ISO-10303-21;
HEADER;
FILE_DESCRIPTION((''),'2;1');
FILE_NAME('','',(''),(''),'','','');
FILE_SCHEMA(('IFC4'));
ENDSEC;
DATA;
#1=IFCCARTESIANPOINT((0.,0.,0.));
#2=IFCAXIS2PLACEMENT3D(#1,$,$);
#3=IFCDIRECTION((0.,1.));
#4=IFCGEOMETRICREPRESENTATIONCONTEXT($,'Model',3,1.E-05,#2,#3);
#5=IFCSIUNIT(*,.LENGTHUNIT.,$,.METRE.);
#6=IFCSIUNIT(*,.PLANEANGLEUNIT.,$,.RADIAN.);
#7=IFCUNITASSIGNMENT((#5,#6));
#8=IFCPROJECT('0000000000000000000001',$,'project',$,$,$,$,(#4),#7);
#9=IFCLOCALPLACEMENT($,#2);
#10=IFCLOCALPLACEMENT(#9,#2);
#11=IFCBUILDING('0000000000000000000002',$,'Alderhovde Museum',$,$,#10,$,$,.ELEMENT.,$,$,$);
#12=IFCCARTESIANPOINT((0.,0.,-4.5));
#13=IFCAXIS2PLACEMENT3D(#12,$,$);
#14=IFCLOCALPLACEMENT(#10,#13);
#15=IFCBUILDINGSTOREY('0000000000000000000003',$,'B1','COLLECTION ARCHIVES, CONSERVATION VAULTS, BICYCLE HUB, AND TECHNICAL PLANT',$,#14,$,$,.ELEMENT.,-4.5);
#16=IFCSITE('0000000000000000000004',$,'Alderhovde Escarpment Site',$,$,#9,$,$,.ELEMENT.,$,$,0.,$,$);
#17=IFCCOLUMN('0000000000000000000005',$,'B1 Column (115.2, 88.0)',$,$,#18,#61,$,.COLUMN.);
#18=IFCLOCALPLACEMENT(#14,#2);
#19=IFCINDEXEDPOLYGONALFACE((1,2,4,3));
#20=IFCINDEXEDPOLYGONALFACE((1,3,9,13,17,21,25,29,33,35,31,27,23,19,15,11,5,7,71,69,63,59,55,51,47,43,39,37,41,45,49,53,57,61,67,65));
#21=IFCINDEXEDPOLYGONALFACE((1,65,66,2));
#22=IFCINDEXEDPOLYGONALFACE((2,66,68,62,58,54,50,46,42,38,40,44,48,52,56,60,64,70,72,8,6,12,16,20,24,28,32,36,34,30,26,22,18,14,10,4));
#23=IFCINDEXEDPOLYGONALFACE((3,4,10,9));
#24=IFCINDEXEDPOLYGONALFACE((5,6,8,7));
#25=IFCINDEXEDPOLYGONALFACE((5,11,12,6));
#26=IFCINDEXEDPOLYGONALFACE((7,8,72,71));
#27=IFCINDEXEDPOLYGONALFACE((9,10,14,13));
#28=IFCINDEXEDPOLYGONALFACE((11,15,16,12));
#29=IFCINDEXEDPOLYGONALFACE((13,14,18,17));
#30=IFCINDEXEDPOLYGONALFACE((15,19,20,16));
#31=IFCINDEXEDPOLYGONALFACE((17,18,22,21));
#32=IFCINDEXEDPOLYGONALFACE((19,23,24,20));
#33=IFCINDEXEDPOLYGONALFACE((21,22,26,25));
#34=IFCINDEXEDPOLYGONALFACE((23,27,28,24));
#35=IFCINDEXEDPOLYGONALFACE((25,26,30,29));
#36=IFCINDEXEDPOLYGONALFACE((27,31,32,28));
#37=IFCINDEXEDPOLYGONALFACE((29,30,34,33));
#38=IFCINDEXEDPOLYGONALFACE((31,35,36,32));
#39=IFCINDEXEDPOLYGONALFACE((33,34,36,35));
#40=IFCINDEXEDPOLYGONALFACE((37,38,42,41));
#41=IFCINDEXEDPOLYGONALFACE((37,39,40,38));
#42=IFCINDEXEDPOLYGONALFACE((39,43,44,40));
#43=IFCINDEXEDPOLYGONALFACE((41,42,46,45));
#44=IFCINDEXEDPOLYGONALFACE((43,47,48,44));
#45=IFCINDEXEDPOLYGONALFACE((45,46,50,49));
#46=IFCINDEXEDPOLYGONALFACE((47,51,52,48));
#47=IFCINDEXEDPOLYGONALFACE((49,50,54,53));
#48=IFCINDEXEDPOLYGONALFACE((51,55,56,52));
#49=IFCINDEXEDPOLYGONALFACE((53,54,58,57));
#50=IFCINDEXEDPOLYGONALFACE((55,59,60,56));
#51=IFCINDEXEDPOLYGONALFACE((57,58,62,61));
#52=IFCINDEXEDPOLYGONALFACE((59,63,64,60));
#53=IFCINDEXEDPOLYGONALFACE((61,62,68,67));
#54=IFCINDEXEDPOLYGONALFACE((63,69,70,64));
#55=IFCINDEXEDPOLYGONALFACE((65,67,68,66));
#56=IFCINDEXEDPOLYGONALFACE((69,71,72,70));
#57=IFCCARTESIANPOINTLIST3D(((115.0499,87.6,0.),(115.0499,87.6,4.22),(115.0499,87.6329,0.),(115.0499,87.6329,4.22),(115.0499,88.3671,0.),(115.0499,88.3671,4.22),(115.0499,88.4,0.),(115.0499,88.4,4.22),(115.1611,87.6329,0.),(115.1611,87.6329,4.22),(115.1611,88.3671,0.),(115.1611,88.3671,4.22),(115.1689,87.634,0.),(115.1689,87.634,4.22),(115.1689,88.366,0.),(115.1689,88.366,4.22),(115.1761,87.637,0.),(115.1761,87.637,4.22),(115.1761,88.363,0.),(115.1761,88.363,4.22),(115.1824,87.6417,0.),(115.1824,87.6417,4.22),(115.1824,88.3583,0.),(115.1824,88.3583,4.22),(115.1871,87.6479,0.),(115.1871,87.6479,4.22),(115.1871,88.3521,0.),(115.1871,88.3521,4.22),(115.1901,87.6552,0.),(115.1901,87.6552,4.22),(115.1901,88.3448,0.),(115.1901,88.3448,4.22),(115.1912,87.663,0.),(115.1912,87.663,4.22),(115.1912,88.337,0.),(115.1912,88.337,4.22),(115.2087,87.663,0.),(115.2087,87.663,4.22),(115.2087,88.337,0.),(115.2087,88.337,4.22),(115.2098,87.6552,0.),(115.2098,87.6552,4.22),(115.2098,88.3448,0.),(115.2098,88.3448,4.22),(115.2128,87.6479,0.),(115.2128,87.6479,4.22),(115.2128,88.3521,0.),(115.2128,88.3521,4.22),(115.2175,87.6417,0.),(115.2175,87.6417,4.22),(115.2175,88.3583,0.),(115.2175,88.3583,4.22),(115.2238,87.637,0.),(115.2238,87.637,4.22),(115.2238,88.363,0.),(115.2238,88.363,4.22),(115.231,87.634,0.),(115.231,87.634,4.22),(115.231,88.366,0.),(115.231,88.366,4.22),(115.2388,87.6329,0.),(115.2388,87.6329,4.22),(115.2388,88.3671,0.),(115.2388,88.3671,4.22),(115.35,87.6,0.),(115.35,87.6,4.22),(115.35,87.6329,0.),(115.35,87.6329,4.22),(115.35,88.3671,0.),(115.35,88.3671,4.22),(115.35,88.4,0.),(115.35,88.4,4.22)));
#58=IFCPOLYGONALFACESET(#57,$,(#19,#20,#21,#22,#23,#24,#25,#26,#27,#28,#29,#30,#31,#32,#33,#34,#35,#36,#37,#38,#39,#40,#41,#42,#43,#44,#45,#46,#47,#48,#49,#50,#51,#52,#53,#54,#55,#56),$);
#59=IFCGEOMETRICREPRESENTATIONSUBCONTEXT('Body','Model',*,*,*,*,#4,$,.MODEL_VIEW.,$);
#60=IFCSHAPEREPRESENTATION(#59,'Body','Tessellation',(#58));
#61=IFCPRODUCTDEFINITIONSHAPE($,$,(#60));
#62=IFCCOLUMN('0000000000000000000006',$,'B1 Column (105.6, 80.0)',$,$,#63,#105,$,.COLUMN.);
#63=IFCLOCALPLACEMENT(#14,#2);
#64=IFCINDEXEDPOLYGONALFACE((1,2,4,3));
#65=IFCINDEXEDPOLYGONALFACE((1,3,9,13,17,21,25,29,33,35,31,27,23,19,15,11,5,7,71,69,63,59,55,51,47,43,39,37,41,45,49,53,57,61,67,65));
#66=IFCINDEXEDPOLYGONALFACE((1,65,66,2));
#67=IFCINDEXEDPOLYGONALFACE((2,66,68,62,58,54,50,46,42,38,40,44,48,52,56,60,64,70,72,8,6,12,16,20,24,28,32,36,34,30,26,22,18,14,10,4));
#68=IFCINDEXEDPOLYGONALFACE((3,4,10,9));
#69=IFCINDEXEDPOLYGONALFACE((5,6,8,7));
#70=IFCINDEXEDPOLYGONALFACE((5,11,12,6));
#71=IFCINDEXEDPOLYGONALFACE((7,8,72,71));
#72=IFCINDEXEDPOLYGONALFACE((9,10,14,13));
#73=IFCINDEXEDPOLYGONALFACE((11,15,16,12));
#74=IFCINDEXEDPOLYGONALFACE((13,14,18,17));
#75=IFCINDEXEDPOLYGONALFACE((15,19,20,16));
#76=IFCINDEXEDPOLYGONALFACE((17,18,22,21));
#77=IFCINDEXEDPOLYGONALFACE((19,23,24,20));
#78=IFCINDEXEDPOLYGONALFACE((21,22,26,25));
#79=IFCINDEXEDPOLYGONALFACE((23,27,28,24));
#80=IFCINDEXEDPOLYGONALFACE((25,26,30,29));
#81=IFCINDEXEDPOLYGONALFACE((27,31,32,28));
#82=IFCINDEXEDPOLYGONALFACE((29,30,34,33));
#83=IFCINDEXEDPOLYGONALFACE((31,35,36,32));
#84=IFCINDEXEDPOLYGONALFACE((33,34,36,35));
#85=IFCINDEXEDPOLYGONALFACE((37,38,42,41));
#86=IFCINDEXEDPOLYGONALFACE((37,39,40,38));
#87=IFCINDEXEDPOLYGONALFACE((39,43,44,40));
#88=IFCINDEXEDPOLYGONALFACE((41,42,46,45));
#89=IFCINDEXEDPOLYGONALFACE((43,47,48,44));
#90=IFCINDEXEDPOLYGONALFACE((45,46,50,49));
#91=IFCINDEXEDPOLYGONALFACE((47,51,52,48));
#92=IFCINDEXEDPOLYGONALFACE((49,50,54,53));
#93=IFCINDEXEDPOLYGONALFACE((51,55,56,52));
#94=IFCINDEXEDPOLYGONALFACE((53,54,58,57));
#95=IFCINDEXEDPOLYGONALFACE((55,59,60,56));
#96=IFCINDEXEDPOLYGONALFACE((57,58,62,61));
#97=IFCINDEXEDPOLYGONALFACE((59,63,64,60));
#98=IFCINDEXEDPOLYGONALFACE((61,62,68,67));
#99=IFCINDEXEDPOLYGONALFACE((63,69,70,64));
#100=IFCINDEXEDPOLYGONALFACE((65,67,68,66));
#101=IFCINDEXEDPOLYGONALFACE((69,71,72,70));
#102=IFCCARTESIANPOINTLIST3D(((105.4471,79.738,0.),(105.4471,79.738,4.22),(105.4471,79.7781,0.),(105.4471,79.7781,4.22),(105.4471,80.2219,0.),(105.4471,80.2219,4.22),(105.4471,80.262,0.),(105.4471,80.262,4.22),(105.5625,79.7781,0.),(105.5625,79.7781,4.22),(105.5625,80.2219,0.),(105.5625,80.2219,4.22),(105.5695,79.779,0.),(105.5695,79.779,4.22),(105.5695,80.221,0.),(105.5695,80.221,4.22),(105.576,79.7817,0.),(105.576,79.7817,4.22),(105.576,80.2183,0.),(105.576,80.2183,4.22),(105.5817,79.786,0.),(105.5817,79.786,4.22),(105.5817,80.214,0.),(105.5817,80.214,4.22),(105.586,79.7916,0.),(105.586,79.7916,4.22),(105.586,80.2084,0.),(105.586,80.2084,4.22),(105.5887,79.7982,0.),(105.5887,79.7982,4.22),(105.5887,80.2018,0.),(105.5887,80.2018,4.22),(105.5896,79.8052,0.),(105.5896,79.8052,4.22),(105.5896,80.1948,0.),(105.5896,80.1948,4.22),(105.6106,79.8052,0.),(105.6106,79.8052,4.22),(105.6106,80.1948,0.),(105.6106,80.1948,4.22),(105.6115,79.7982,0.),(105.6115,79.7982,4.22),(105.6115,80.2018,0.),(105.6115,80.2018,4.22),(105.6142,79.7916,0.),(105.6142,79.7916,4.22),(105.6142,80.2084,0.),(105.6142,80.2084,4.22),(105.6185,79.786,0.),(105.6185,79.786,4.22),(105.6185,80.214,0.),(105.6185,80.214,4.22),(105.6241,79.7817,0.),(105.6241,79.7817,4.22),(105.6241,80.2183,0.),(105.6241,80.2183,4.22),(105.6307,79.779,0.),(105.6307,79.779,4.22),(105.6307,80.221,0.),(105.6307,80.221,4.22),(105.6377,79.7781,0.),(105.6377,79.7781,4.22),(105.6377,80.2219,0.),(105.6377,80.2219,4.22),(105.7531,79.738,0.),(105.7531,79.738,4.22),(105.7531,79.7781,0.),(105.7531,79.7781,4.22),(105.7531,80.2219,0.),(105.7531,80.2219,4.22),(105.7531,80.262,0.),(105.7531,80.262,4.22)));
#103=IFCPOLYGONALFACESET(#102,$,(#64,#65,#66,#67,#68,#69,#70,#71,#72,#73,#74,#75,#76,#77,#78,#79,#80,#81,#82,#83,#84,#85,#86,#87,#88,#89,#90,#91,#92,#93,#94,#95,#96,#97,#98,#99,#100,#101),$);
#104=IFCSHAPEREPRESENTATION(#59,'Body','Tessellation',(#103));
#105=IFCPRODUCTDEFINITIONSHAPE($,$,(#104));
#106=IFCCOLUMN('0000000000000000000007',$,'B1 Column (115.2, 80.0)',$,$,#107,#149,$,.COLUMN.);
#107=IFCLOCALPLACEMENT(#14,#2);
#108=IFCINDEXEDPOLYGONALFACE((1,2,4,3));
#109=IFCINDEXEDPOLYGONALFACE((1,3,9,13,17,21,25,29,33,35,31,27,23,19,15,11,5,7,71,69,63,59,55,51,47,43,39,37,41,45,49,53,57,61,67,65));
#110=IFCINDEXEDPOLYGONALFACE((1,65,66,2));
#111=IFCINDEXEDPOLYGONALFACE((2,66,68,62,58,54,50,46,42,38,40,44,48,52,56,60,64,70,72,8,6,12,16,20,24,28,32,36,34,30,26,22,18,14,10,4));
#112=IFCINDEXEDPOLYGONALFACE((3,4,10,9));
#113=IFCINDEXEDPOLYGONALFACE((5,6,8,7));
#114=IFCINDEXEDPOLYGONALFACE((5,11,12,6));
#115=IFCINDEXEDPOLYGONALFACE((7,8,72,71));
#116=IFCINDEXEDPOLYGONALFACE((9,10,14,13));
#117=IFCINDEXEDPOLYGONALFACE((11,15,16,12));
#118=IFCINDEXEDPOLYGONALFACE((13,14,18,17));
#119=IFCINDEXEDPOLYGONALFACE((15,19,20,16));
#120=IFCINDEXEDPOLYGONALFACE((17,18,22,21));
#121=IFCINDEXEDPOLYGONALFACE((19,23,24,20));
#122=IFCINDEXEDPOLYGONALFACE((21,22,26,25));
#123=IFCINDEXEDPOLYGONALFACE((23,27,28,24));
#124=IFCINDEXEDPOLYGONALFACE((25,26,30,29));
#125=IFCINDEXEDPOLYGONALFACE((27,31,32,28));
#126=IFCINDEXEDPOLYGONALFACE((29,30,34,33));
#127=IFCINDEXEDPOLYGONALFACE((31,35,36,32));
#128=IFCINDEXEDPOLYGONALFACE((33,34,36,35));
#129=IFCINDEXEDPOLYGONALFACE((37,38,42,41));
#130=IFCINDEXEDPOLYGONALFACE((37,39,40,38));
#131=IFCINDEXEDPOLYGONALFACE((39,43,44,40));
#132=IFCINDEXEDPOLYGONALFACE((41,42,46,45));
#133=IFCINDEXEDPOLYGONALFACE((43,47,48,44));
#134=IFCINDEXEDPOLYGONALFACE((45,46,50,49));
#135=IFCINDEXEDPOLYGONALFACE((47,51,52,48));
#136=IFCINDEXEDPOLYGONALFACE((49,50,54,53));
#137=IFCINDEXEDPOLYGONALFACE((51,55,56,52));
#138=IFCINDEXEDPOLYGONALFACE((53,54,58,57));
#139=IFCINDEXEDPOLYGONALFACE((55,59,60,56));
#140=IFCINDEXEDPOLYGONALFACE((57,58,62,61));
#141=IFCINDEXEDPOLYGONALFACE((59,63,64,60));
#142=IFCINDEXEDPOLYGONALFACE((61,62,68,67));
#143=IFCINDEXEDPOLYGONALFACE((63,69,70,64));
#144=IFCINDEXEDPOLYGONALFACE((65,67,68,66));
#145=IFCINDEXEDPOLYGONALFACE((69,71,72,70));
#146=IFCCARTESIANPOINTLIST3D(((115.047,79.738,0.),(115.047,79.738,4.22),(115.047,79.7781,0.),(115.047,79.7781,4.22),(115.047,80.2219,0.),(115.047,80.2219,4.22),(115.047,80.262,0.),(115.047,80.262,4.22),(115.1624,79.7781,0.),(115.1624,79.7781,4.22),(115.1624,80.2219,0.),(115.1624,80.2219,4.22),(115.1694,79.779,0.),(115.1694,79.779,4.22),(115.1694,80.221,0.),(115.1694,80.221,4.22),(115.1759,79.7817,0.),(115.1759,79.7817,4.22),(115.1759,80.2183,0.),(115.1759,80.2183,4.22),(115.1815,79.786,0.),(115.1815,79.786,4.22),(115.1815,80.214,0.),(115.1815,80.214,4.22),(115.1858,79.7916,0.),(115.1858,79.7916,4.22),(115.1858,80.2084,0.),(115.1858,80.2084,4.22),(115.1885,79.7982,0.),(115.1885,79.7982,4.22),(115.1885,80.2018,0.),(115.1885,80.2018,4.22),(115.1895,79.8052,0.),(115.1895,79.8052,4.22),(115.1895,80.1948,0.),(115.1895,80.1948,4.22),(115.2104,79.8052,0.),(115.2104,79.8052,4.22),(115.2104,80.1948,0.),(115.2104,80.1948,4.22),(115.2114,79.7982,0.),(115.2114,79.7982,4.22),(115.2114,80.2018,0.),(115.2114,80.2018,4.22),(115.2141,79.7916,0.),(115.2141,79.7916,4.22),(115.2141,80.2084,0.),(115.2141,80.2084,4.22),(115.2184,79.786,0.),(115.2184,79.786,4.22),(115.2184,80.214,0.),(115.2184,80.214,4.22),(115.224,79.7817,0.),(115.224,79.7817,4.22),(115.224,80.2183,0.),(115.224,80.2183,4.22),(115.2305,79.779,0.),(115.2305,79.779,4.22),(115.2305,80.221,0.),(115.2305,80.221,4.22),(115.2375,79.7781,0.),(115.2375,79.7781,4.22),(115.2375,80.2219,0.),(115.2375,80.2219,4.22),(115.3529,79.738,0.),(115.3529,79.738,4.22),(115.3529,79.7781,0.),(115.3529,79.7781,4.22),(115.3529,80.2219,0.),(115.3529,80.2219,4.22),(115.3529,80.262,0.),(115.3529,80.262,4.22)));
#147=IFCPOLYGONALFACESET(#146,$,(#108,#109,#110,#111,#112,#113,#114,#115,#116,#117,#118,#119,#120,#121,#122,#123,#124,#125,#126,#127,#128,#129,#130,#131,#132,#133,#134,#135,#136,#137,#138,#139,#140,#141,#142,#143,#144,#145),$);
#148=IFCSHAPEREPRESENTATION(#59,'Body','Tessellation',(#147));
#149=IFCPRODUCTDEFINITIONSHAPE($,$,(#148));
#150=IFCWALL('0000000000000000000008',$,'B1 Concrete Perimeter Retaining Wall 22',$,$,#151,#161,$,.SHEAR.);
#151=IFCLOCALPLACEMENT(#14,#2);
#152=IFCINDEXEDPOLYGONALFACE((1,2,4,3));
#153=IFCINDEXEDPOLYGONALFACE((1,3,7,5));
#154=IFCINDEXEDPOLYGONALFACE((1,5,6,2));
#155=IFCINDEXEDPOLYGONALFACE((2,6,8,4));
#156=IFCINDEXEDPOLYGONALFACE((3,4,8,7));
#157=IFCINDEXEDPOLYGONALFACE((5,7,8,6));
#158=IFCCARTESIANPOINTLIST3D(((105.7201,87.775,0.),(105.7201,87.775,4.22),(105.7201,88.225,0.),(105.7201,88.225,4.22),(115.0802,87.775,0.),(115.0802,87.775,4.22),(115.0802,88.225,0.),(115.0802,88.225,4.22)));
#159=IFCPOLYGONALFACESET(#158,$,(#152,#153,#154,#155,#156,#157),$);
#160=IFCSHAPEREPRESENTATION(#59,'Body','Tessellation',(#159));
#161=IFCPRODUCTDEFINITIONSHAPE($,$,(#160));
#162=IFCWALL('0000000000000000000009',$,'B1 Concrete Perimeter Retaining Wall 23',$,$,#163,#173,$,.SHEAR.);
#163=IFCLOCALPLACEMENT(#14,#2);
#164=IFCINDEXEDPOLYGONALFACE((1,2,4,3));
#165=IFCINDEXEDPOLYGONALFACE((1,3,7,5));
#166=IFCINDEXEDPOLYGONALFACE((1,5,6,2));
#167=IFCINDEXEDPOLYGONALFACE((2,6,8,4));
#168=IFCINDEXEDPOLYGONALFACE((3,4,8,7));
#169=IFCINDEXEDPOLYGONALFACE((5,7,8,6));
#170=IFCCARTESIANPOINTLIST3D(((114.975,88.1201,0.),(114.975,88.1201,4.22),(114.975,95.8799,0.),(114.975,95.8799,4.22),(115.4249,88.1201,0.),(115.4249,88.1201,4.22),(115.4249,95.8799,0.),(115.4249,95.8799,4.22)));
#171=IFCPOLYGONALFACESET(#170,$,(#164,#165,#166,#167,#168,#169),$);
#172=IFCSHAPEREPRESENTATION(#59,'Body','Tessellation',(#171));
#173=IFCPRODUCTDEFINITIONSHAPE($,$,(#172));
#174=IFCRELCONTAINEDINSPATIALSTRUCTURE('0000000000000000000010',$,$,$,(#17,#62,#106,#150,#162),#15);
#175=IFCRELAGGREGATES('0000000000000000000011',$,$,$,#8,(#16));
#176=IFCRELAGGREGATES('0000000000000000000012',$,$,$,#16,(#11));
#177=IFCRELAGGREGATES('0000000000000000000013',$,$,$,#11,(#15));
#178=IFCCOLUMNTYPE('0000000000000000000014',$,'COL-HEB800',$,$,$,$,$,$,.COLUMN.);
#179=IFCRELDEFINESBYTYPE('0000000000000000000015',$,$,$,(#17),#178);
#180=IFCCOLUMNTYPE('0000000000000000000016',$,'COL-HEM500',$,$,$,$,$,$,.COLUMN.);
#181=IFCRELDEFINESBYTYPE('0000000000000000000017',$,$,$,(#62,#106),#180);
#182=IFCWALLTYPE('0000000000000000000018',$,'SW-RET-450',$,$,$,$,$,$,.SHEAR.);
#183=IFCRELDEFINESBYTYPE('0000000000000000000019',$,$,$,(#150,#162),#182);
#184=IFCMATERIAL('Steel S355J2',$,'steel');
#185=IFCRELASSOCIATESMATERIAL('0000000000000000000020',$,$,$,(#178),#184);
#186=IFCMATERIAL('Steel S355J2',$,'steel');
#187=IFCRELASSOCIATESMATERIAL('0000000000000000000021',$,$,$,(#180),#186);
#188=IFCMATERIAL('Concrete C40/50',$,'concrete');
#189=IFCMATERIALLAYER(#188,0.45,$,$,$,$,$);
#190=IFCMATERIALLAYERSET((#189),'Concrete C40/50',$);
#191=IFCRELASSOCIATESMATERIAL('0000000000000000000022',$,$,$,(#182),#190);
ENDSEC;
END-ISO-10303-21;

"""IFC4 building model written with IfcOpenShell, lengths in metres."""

from ifc_helpers import new_model, si_unit, direction, frame, frame_2d, origin, origin_2d, place, context, subcontext, project, spatial, rectangle, i_section, extrude, material, layer, layer_set, material_profile, profile_set, type_object, element, save


model = new_model("IFC4")

# Units and contexts
model_context = context("Model", 3, precision=1e-05, world=origin(), true_north=direction((0.0, 1.0)))
body_context = subcontext(model_context, "Body", "Model", "MODEL_VIEW")
ifc_project = project(units=[si_unit("LENGTHUNIT", "METRE"), si_unit("PLANEANGLEUNIT", "RADIAN")], contexts=[model_context])

# Site, building, storey
site_placement = place(None, origin())
site = spatial("IfcSite", under=ifc_project, at=site_placement, Name="Alderhovde Escarpment Site", CompositionType="ELEMENT", RefElevation=0.0)
building_placement = place(site_placement, origin())
building = spatial("IfcBuilding", under=site, at=building_placement, Name="Alderhovde Museum", CompositionType="ELEMENT")
storey_placement = place(building_placement, frame((0.0, 0.0, -4.5)))
storey = spatial("IfcBuildingStorey", under=building, at=storey_placement, Name="B1", Description="COLLECTION ARCHIVES, CONSERVATION VAULTS, BICYCLE HUB, AND TECHNICAL PLANT", CompositionType="ELEMENT", Elevation=-4.5)

# Columns
ifc_material_1 = material(Name="Steel S355J2", Category="steel")
ifc_material_profile_1 = material_profile(ifc_material_1, i_section(OverallWidth=0.3, OverallDepth=0.8, WebThickness=0.0176, FlangeThickness=0.033, FilletRadius=0.03, at=origin_2d()), Name="HEB 800")
ifc_profile_set_1 = profile_set([ifc_material_profile_1], Name="Steel S355J2")
column_type_1 = type_object("IfcColumnType", Name="COL-HEB800", PredefinedType="COLUMN", material=ifc_profile_set_1)
for number, where, z_axis, x_axis, name in (
    (1, (115.2, 88.0, 0.0), (0.0, 0.0, 1.0), (1.0, 0.0, 0.0), "B1 Column (115.2, 88.0)"),
):
    element("IfcColumn", number, at=place(storey_placement, frame(where, z_axis=z_axis, x_axis=x_axis)), inside=storey, type_object=column_type_1, Name=name, PredefinedType="COLUMN", context=body_context, shape_type="SweptSolid", body=[
        extrude(i_section(OverallWidth=0.3, OverallDepth=0.8, WebThickness=0.0176, FlangeThickness=0.033, FilletRadius=0.03, at=origin_2d()), origin(), (0.0, 0.0, 1.0), 4.22),
    ])
ifc_material_2 = material(Name="Steel S355J2", Category="steel")
ifc_material_profile_2 = material_profile(ifc_material_2, i_section(OverallWidth=0.3059, OverallDepth=0.5239, WebThickness=0.021, FlangeThickness=0.04, FilletRadius=0.0271, at=origin_2d()), Name="HEM 500")
ifc_profile_set_2 = profile_set([ifc_material_profile_2], Name="Steel S355J2")
column_type_2 = type_object("IfcColumnType", Name="COL-HEM500", PredefinedType="COLUMN", material=ifc_profile_set_2)
for number, where, z_axis, x_axis, name in (
    (2, (105.6001, 80.0, 0.0), (0.0, 0.0, 1.0), (1.0, 0.0, 0.0), "B1 Column (105.6, 80.0)"),
    (3, (115.2, 80.0, 0.0), (0.0, 0.0, 1.0), (1.0, 0.0, 0.0), "B1 Column (115.2, 80.0)"),
):
    element("IfcColumn", number, at=place(storey_placement, frame(where, z_axis=z_axis, x_axis=x_axis)), inside=storey, type_object=column_type_2, Name=name, PredefinedType="COLUMN", context=body_context, shape_type="SweptSolid", body=[
        extrude(i_section(OverallWidth=0.3059, OverallDepth=0.5239, WebThickness=0.021, FlangeThickness=0.04, FilletRadius=0.0271, at=origin_2d()), origin(), (0.0, 0.0, 1.0), 4.22),
    ])

# Walls
ifc_material_3 = material(Name="Concrete C40/50", Category="concrete")
ifc_layer = layer(ifc_material_3, 0.45)
ifc_layer_set = layer_set([ifc_layer], Name="Concrete C40/50")
wall_type = type_object("IfcWallType", Name="SW-RET-450", PredefinedType="SHEAR", material=ifc_layer_set)
wall_1_placement = place(storey_placement, frame((105.72, 88.0, 0.0), z_axis=(0.0, 0.0, 1.0), x_axis=(1.0, 0.0, 0.0)))
element("IfcWall", 4, at=wall_1_placement, inside=storey, type_object=wall_type, Name="B1 Concrete Perimeter Retaining Wall 22", PredefinedType="SHEAR", context=body_context, shape_type="SweptSolid", body=[
    extrude(rectangle(XDim=9.3601, YDim=0.45, at=frame_2d((4.6802, 0.0))), origin(), (0.0, 0.0, 1.0), 4.22),
])
wall_2_placement = place(storey_placement, frame((115.2, 88.1201, 0.0), z_axis=(0.0, 0.0, 1.0), x_axis=(0.0, 1.0, 0.0)))
element("IfcWall", 5, at=wall_2_placement, inside=storey, type_object=wall_type, Name="B1 Concrete Perimeter Retaining Wall 23", PredefinedType="SHEAR", context=body_context, shape_type="SweptSolid", body=[
    extrude(rectangle(XDim=7.7598, YDim=0.45, at=frame_2d((3.8799, 0.0))), origin(), (0.0, 0.0, 1.0), 4.22),
])

save(model, "model.ifc")
